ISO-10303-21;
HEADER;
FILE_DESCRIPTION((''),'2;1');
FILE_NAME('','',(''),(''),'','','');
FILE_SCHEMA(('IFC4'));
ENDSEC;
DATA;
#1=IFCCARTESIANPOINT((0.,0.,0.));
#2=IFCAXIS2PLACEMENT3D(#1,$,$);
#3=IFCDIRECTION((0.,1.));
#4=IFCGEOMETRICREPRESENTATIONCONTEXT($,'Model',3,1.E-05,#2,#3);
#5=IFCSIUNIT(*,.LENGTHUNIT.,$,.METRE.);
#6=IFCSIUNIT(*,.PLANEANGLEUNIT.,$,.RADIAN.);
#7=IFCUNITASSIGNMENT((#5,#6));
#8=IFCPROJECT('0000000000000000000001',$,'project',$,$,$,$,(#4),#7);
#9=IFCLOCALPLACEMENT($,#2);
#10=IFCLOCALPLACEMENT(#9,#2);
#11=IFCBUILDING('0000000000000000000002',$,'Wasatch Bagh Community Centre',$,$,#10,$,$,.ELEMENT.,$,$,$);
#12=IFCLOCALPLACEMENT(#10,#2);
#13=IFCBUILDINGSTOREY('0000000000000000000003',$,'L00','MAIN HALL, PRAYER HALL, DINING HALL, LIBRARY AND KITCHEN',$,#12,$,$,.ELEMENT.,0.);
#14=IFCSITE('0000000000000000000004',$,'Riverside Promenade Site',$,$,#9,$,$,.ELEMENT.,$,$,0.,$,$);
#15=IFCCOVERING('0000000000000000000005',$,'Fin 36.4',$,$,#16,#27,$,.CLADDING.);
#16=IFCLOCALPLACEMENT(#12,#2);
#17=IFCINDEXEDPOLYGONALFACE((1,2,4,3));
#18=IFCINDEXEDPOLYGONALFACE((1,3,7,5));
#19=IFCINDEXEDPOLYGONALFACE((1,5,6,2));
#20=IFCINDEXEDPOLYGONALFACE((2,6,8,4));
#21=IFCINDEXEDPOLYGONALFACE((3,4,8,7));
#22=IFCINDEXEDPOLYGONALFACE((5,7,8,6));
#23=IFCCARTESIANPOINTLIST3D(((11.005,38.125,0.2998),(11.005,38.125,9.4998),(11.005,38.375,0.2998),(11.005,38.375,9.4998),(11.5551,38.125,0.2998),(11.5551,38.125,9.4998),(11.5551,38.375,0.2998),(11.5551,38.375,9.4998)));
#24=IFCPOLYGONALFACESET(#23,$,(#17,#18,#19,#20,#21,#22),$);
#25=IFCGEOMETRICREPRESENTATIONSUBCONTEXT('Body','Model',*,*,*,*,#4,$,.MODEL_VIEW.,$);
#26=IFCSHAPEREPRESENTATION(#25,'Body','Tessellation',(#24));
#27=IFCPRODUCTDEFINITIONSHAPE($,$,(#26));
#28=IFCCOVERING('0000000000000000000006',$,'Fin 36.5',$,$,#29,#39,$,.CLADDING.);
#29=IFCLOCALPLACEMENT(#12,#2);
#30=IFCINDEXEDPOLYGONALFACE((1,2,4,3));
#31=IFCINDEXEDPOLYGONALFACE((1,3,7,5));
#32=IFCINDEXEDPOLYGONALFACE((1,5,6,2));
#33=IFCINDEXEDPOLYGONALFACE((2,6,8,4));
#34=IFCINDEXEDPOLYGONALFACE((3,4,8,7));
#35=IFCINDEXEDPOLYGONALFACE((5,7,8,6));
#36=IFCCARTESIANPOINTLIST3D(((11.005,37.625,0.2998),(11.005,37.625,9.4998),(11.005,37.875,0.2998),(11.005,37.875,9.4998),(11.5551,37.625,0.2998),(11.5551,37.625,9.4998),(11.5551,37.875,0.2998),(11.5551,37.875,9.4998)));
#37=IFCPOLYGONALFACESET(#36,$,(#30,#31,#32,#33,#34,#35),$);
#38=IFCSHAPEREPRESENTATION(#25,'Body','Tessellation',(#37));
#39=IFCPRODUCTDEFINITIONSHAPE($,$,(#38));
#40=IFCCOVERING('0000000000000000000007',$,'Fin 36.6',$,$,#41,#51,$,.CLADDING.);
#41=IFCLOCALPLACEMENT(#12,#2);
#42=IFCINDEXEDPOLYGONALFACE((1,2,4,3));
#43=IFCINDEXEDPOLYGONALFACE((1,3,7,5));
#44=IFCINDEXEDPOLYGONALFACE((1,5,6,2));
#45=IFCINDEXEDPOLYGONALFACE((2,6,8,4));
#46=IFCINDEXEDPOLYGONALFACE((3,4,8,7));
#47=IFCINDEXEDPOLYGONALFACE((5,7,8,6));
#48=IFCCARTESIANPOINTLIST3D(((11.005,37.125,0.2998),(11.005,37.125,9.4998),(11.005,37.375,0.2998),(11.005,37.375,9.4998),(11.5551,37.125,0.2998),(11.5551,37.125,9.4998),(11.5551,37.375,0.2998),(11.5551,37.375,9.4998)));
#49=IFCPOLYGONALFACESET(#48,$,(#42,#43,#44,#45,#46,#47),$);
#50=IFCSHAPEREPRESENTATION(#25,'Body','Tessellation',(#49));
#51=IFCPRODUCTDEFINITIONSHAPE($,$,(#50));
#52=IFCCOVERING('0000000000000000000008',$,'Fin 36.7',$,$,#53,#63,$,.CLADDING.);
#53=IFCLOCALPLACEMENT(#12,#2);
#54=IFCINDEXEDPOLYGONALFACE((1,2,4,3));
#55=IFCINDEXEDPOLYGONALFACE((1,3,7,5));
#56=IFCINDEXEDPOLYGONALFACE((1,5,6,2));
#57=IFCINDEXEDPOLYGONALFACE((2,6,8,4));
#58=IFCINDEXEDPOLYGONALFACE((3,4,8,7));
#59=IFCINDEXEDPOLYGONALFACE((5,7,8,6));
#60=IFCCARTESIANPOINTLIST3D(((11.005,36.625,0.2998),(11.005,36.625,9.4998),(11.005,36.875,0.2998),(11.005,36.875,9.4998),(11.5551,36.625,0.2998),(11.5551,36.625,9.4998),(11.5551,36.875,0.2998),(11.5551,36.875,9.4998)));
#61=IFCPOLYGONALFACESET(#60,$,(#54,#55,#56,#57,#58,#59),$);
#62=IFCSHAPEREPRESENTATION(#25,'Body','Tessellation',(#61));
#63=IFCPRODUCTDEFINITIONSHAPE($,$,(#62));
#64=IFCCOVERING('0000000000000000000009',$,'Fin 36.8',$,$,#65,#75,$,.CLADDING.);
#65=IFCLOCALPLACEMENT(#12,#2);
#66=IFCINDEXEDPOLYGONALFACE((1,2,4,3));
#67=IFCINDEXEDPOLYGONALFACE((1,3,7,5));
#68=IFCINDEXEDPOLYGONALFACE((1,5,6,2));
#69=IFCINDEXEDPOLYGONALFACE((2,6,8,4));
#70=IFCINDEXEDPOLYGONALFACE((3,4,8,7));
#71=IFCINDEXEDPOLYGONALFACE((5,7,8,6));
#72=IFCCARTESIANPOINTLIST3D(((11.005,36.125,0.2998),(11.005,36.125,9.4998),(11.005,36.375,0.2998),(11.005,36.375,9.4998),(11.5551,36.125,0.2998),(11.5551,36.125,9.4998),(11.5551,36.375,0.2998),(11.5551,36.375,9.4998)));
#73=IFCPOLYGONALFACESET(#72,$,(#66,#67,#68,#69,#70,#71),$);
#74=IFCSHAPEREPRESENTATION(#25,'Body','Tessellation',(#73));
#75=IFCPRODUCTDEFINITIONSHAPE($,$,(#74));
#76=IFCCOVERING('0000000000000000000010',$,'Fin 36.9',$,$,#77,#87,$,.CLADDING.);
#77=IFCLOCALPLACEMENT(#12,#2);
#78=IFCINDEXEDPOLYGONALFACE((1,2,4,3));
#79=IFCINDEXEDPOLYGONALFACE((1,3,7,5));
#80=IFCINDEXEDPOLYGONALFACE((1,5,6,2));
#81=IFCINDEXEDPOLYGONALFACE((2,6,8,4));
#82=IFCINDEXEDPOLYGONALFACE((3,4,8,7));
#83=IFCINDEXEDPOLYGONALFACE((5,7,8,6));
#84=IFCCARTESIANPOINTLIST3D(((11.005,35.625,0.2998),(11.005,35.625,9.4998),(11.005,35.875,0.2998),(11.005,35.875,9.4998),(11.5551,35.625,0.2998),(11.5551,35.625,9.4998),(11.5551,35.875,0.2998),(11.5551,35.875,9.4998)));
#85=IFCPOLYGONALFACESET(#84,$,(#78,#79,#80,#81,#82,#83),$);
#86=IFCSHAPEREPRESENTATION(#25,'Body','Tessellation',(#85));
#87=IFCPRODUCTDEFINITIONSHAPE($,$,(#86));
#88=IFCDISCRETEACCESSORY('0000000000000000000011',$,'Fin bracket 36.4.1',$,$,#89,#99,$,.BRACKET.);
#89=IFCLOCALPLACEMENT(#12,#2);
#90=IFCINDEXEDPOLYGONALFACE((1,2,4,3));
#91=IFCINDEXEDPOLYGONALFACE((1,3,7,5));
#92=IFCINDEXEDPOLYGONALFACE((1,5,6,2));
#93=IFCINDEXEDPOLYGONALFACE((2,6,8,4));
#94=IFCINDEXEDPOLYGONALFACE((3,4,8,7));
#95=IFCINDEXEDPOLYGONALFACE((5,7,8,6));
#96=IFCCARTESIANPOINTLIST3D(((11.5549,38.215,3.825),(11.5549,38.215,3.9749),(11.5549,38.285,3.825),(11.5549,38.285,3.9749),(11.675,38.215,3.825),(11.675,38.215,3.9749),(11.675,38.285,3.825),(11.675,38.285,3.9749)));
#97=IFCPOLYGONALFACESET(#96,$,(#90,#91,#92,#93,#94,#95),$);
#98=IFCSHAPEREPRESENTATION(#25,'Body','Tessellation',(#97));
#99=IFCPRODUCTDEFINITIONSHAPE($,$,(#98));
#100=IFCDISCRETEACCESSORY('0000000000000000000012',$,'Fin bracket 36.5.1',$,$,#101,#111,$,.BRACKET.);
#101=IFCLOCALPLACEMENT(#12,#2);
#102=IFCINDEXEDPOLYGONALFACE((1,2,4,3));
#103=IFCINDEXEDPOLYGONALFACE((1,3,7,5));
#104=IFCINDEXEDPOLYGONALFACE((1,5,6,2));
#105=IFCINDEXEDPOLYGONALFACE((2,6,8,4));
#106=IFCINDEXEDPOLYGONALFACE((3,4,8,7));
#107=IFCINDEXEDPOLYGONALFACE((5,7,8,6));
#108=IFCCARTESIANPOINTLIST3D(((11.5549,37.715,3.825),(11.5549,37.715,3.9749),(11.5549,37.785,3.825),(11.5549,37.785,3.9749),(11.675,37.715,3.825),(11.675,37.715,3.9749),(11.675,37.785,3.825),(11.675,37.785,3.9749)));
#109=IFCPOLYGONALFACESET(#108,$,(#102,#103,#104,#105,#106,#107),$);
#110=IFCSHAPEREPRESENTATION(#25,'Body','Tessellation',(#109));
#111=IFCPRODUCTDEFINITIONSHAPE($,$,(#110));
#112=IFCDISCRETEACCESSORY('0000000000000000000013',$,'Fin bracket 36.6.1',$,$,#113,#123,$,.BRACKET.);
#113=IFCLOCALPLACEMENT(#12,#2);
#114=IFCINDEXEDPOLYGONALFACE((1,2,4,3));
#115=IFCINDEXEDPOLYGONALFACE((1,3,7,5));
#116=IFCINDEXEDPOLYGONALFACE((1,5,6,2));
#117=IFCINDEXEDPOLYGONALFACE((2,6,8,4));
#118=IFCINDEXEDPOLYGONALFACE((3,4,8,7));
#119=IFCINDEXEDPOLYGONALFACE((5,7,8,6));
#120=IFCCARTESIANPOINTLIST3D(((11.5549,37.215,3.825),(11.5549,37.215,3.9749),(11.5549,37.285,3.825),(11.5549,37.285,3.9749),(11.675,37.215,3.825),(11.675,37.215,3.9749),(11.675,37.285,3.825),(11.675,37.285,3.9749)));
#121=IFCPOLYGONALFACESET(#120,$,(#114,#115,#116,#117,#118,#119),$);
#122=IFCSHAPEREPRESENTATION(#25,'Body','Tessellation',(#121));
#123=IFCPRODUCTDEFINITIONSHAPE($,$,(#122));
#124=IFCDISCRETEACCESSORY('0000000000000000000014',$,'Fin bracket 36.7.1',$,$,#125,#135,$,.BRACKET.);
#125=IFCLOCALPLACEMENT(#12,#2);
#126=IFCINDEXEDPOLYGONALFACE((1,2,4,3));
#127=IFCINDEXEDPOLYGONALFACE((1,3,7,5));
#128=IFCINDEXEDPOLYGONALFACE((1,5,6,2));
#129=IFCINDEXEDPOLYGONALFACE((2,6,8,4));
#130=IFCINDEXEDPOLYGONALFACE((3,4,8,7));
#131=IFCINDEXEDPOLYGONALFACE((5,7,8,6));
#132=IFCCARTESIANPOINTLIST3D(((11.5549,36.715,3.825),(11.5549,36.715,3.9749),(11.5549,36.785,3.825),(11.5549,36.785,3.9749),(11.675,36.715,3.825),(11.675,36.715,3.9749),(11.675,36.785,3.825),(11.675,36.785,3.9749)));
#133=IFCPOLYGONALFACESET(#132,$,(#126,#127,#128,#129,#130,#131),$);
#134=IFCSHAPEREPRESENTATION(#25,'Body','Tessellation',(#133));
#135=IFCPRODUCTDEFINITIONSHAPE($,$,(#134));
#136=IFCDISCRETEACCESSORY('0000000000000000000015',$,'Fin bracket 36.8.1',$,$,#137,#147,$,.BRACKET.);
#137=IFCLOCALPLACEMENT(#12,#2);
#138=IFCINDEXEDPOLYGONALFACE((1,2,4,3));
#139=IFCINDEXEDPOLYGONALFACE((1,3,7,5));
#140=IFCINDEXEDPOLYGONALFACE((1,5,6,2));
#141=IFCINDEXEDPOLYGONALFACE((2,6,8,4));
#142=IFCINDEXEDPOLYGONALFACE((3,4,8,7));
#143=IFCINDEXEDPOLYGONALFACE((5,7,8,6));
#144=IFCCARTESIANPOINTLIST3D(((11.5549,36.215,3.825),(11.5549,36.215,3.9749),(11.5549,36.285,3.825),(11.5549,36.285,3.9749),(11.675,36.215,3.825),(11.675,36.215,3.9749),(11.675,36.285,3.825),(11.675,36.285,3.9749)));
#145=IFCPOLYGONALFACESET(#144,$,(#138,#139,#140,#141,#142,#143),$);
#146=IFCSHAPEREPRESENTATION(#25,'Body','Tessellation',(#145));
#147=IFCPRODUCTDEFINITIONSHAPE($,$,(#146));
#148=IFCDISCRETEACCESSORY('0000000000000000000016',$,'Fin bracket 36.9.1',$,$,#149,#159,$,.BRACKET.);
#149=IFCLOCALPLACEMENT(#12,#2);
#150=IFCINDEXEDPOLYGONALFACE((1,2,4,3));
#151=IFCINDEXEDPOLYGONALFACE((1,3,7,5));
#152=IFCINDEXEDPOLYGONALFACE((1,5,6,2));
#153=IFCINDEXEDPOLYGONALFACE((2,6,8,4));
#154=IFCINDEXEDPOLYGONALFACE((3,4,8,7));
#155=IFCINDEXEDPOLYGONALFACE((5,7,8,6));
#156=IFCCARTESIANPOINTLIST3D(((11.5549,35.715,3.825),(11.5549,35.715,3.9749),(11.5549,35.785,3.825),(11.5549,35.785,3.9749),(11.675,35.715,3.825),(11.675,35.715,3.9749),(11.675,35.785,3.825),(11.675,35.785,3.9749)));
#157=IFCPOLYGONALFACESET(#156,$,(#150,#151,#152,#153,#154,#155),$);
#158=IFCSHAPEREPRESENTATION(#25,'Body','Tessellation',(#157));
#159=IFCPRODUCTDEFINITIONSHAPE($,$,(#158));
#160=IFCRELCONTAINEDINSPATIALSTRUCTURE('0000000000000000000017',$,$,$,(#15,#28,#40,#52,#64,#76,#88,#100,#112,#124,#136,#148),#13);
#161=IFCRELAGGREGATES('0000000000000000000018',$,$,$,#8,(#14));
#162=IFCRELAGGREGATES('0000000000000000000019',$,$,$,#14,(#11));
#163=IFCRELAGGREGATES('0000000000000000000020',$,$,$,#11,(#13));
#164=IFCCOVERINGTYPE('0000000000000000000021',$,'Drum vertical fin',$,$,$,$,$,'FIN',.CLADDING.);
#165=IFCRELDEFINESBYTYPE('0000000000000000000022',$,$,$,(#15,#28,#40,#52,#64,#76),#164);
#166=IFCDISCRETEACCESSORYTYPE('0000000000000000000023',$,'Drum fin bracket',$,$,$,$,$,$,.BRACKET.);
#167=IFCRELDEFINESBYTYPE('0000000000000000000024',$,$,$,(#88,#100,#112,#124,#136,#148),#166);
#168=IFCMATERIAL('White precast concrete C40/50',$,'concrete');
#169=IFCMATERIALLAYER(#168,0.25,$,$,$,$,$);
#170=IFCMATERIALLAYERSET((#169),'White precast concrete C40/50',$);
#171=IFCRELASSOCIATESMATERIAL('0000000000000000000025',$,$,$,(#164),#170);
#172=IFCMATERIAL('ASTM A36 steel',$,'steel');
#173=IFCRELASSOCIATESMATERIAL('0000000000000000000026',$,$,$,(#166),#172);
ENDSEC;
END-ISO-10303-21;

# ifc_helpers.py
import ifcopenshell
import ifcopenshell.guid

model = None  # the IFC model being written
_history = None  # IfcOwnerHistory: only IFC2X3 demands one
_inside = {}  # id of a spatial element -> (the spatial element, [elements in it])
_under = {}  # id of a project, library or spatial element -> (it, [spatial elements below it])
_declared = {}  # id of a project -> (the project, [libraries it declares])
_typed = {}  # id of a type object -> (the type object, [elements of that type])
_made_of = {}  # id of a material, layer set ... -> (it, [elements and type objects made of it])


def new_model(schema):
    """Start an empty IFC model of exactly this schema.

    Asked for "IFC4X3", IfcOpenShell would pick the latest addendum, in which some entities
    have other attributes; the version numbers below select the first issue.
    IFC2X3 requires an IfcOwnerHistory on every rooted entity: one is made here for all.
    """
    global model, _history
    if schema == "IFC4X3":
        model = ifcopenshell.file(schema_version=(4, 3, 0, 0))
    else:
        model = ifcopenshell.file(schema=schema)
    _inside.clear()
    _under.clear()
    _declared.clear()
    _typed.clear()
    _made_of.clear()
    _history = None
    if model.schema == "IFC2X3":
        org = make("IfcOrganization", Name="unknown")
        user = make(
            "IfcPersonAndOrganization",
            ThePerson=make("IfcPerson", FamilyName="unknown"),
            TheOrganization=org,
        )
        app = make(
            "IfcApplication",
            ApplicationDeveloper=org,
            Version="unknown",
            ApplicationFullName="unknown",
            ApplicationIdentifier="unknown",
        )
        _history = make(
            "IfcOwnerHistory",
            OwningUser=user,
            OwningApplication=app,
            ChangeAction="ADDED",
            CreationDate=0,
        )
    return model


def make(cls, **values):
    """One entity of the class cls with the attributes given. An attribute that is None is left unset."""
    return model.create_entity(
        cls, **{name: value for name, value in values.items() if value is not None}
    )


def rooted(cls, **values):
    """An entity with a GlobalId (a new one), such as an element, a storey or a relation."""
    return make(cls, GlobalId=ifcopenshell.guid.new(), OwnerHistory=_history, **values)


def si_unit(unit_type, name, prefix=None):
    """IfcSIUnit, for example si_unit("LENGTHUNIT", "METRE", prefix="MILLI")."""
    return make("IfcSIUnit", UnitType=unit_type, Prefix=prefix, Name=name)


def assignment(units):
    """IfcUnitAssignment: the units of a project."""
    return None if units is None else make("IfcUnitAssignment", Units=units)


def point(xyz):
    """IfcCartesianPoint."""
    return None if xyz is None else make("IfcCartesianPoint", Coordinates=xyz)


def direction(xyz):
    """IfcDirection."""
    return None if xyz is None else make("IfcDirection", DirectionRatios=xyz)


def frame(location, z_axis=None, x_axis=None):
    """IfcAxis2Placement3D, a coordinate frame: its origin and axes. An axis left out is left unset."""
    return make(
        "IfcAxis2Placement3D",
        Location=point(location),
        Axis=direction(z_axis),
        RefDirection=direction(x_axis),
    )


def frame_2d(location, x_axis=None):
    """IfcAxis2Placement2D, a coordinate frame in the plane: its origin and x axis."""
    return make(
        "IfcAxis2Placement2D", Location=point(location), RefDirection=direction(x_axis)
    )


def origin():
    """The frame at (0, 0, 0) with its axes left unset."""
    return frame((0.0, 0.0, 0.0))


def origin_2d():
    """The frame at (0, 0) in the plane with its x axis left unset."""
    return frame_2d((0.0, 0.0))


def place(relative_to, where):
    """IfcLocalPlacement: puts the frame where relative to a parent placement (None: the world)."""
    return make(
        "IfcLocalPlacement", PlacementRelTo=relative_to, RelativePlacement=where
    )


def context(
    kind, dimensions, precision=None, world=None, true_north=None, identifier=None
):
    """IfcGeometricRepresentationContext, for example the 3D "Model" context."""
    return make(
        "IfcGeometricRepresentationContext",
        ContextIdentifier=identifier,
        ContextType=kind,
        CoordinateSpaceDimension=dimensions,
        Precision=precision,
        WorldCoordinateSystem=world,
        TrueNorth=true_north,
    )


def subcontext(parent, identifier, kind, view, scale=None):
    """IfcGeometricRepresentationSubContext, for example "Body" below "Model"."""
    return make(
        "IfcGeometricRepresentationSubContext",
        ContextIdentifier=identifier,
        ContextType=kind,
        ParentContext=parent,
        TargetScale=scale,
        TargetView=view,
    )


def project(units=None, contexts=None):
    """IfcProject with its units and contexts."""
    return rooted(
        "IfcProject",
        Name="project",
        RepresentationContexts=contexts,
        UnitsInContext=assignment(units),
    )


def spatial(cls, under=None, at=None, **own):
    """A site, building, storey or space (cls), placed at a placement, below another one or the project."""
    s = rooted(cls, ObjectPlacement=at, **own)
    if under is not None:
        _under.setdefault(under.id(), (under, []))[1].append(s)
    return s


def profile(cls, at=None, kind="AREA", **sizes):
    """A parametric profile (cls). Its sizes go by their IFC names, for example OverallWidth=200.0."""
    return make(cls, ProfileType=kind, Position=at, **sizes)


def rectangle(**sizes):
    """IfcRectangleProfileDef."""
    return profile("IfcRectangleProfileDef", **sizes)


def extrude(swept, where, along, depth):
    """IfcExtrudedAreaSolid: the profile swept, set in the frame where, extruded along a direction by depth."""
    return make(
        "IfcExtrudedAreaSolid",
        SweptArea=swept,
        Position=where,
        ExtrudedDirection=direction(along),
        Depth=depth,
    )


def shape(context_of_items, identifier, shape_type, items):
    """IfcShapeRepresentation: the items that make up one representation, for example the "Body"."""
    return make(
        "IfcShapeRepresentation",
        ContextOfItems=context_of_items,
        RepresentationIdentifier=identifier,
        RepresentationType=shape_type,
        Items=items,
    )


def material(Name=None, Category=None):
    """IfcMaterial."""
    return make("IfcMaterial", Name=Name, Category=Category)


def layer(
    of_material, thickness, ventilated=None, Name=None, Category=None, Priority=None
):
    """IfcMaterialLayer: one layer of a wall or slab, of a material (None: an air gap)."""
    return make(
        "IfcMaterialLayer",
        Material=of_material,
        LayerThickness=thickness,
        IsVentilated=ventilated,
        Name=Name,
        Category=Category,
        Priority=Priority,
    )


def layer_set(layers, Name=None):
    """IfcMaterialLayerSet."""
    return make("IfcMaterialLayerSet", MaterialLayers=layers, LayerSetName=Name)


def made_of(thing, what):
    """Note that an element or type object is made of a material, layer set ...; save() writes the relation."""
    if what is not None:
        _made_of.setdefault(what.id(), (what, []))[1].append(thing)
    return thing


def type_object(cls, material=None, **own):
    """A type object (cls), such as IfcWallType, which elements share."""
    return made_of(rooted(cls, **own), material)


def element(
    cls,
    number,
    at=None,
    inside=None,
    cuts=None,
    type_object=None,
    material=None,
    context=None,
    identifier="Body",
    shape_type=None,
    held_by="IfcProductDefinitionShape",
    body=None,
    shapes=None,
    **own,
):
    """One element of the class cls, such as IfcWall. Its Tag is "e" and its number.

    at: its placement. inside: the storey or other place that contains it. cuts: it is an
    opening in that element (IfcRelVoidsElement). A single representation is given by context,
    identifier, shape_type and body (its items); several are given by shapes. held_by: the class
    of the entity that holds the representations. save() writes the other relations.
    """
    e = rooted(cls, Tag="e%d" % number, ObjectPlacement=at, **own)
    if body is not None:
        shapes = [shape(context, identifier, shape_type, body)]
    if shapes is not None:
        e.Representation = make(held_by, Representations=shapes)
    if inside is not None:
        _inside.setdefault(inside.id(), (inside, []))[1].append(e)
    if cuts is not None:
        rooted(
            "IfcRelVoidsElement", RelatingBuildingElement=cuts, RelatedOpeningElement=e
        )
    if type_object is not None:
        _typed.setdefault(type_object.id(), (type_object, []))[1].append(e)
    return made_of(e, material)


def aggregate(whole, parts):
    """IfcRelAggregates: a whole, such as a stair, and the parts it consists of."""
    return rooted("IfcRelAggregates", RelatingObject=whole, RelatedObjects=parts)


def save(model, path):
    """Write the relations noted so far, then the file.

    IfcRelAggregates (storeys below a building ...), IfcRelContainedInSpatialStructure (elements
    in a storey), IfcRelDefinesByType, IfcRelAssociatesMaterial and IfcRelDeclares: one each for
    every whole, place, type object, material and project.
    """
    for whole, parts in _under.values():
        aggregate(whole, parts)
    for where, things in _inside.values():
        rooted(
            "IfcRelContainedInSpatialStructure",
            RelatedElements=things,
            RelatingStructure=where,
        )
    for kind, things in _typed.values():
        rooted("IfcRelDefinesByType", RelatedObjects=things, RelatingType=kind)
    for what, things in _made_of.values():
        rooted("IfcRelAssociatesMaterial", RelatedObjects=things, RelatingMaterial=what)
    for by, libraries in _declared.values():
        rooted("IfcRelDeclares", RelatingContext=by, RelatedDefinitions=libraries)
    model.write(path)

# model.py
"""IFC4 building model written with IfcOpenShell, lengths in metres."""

from ifc_helpers import new_model, si_unit, direction, frame, origin, origin_2d, place, context, subcontext, project, spatial, rectangle, extrude, material, layer, layer_set, type_object, element, save


model = new_model("IFC4")

# Units and contexts
model_context = context("Model", 3, precision=1e-05, world=origin(), true_north=direction((0.0, 1.0)))
body_context = subcontext(model_context, "Body", "Model", "MODEL_VIEW")
ifc_project = project(units=[si_unit("LENGTHUNIT", "METRE"), si_unit("PLANEANGLEUNIT", "RADIAN")], contexts=[model_context])

# Site, building, storey
site_placement = place(None, origin())
site = spatial("IfcSite", under=ifc_project, at=site_placement, Name="Riverside Promenade Site", CompositionType="ELEMENT", RefElevation=0.0)
building_placement = place(site_placement, origin())
building = spatial("IfcBuilding", under=site, at=building_placement, Name="Wasatch Bagh Community Centre", CompositionType="ELEMENT")
storey_placement = place(building_placement, origin())
storey = spatial("IfcBuildingStorey", under=building, at=storey_placement, Name="L00", Description="MAIN HALL, PRAYER HALL, DINING HALL, LIBRARY AND KITCHEN", CompositionType="ELEMENT", Elevation=0.0)

# Coverings
ifc_material_1 = material(Name="White precast concrete C40/50", Category="concrete")
ifc_layer_1 = layer(ifc_material_1, 0.25)
ifc_layer_set_1 = layer_set([ifc_layer_1], Name="White precast concrete C40/50")
covering_type = type_object("IfcCoveringType", Name="Drum vertical fin", ElementType="FIN", PredefinedType="CLADDING", material=ifc_layer_set_1)
for number, where, z_axis, x_axis, name in (
    (1, (11.28, 38.25, 0.2998), (0.0, 0.0, 1.0), (0.0, -1.0, 0.0), "Fin 36.4"),
    (2, (11.28, 37.75, 0.2998), (0.0, 0.0, 1.0), (0.0, -1.0, 0.0), "Fin 36.5"),
    (3, (11.28, 37.25, 0.2998), (0.0, 0.0, 1.0), (0.0, -1.0, 0.0), "Fin 36.6"),
    (4, (11.28, 36.75, 0.2998), (0.0, 0.0, 1.0), (0.0, -1.0, 0.0), "Fin 36.7"),
    (5, (11.28, 36.25, 0.2998), (0.0, 0.0, 1.0), (0.0, -1.0, 0.0), "Fin 36.8"),
    (6, (11.28, 35.75, 0.2998), (0.0, 0.0, 1.0), (0.0, -1.0, 0.0), "Fin 36.9"),
):
    element("IfcCovering", number, at=place(storey_placement, frame(where, z_axis=z_axis, x_axis=x_axis)), inside=storey, type_object=covering_type, Name=name, PredefinedType="CLADDING", context=body_context, shape_type="SweptSolid", body=[
        extrude(rectangle(XDim=0.25, YDim=0.55, at=origin_2d()), origin(), (0.0, 0.0, 1.0), 9.2),
    ])

# Discrete accessories
ifc_material_2 = material(Name="ASTM A36 steel", Category="steel")
discrete_accessory_type = type_object("IfcDiscreteAccessoryType", Name="Drum fin bracket", PredefinedType="BRACKET", material=ifc_material_2)
for number, where, z_axis, x_axis, name in (
    (7, (11.615, 38.25, 3.825), (0.0, 0.0, 1.0), (0.0, -1.0, 0.0), "Fin bracket 36.4.1"),
    (8, (11.615, 37.75, 3.825), (0.0, 0.0, 1.0), (0.0, -1.0, 0.0), "Fin bracket 36.5.1"),
    (9, (11.615, 37.25, 3.825), (0.0, 0.0, 1.0), (0.0, -1.0, 0.0), "Fin bracket 36.6.1"),
    (10, (11.615, 36.75, 3.825), (0.0, 0.0, 1.0), (0.0, -1.0, 0.0), "Fin bracket 36.7.1"),
    (11, (11.615, 36.25, 3.825), (0.0, 0.0, 1.0), (0.0, -1.0, 0.0), "Fin bracket 36.8.1"),
    (12, (11.615, 35.75, 3.825), (0.0, 0.0, 1.0), (0.0, -1.0, 0.0), "Fin bracket 36.9.1"),
):
    element("IfcDiscreteAccessory", number, at=place(storey_placement, frame(where, z_axis=z_axis, x_axis=x_axis)), inside=storey, type_object=discrete_accessory_type, Name=name, PredefinedType="BRACKET", context=body_context, shape_type="SweptSolid", body=[
        extrude(rectangle(XDim=0.0701, YDim=0.1201, at=origin_2d()), origin(), (0.0, 0.0, 1.0), 0.1499),
    ])

save(model, "model.ifc")
